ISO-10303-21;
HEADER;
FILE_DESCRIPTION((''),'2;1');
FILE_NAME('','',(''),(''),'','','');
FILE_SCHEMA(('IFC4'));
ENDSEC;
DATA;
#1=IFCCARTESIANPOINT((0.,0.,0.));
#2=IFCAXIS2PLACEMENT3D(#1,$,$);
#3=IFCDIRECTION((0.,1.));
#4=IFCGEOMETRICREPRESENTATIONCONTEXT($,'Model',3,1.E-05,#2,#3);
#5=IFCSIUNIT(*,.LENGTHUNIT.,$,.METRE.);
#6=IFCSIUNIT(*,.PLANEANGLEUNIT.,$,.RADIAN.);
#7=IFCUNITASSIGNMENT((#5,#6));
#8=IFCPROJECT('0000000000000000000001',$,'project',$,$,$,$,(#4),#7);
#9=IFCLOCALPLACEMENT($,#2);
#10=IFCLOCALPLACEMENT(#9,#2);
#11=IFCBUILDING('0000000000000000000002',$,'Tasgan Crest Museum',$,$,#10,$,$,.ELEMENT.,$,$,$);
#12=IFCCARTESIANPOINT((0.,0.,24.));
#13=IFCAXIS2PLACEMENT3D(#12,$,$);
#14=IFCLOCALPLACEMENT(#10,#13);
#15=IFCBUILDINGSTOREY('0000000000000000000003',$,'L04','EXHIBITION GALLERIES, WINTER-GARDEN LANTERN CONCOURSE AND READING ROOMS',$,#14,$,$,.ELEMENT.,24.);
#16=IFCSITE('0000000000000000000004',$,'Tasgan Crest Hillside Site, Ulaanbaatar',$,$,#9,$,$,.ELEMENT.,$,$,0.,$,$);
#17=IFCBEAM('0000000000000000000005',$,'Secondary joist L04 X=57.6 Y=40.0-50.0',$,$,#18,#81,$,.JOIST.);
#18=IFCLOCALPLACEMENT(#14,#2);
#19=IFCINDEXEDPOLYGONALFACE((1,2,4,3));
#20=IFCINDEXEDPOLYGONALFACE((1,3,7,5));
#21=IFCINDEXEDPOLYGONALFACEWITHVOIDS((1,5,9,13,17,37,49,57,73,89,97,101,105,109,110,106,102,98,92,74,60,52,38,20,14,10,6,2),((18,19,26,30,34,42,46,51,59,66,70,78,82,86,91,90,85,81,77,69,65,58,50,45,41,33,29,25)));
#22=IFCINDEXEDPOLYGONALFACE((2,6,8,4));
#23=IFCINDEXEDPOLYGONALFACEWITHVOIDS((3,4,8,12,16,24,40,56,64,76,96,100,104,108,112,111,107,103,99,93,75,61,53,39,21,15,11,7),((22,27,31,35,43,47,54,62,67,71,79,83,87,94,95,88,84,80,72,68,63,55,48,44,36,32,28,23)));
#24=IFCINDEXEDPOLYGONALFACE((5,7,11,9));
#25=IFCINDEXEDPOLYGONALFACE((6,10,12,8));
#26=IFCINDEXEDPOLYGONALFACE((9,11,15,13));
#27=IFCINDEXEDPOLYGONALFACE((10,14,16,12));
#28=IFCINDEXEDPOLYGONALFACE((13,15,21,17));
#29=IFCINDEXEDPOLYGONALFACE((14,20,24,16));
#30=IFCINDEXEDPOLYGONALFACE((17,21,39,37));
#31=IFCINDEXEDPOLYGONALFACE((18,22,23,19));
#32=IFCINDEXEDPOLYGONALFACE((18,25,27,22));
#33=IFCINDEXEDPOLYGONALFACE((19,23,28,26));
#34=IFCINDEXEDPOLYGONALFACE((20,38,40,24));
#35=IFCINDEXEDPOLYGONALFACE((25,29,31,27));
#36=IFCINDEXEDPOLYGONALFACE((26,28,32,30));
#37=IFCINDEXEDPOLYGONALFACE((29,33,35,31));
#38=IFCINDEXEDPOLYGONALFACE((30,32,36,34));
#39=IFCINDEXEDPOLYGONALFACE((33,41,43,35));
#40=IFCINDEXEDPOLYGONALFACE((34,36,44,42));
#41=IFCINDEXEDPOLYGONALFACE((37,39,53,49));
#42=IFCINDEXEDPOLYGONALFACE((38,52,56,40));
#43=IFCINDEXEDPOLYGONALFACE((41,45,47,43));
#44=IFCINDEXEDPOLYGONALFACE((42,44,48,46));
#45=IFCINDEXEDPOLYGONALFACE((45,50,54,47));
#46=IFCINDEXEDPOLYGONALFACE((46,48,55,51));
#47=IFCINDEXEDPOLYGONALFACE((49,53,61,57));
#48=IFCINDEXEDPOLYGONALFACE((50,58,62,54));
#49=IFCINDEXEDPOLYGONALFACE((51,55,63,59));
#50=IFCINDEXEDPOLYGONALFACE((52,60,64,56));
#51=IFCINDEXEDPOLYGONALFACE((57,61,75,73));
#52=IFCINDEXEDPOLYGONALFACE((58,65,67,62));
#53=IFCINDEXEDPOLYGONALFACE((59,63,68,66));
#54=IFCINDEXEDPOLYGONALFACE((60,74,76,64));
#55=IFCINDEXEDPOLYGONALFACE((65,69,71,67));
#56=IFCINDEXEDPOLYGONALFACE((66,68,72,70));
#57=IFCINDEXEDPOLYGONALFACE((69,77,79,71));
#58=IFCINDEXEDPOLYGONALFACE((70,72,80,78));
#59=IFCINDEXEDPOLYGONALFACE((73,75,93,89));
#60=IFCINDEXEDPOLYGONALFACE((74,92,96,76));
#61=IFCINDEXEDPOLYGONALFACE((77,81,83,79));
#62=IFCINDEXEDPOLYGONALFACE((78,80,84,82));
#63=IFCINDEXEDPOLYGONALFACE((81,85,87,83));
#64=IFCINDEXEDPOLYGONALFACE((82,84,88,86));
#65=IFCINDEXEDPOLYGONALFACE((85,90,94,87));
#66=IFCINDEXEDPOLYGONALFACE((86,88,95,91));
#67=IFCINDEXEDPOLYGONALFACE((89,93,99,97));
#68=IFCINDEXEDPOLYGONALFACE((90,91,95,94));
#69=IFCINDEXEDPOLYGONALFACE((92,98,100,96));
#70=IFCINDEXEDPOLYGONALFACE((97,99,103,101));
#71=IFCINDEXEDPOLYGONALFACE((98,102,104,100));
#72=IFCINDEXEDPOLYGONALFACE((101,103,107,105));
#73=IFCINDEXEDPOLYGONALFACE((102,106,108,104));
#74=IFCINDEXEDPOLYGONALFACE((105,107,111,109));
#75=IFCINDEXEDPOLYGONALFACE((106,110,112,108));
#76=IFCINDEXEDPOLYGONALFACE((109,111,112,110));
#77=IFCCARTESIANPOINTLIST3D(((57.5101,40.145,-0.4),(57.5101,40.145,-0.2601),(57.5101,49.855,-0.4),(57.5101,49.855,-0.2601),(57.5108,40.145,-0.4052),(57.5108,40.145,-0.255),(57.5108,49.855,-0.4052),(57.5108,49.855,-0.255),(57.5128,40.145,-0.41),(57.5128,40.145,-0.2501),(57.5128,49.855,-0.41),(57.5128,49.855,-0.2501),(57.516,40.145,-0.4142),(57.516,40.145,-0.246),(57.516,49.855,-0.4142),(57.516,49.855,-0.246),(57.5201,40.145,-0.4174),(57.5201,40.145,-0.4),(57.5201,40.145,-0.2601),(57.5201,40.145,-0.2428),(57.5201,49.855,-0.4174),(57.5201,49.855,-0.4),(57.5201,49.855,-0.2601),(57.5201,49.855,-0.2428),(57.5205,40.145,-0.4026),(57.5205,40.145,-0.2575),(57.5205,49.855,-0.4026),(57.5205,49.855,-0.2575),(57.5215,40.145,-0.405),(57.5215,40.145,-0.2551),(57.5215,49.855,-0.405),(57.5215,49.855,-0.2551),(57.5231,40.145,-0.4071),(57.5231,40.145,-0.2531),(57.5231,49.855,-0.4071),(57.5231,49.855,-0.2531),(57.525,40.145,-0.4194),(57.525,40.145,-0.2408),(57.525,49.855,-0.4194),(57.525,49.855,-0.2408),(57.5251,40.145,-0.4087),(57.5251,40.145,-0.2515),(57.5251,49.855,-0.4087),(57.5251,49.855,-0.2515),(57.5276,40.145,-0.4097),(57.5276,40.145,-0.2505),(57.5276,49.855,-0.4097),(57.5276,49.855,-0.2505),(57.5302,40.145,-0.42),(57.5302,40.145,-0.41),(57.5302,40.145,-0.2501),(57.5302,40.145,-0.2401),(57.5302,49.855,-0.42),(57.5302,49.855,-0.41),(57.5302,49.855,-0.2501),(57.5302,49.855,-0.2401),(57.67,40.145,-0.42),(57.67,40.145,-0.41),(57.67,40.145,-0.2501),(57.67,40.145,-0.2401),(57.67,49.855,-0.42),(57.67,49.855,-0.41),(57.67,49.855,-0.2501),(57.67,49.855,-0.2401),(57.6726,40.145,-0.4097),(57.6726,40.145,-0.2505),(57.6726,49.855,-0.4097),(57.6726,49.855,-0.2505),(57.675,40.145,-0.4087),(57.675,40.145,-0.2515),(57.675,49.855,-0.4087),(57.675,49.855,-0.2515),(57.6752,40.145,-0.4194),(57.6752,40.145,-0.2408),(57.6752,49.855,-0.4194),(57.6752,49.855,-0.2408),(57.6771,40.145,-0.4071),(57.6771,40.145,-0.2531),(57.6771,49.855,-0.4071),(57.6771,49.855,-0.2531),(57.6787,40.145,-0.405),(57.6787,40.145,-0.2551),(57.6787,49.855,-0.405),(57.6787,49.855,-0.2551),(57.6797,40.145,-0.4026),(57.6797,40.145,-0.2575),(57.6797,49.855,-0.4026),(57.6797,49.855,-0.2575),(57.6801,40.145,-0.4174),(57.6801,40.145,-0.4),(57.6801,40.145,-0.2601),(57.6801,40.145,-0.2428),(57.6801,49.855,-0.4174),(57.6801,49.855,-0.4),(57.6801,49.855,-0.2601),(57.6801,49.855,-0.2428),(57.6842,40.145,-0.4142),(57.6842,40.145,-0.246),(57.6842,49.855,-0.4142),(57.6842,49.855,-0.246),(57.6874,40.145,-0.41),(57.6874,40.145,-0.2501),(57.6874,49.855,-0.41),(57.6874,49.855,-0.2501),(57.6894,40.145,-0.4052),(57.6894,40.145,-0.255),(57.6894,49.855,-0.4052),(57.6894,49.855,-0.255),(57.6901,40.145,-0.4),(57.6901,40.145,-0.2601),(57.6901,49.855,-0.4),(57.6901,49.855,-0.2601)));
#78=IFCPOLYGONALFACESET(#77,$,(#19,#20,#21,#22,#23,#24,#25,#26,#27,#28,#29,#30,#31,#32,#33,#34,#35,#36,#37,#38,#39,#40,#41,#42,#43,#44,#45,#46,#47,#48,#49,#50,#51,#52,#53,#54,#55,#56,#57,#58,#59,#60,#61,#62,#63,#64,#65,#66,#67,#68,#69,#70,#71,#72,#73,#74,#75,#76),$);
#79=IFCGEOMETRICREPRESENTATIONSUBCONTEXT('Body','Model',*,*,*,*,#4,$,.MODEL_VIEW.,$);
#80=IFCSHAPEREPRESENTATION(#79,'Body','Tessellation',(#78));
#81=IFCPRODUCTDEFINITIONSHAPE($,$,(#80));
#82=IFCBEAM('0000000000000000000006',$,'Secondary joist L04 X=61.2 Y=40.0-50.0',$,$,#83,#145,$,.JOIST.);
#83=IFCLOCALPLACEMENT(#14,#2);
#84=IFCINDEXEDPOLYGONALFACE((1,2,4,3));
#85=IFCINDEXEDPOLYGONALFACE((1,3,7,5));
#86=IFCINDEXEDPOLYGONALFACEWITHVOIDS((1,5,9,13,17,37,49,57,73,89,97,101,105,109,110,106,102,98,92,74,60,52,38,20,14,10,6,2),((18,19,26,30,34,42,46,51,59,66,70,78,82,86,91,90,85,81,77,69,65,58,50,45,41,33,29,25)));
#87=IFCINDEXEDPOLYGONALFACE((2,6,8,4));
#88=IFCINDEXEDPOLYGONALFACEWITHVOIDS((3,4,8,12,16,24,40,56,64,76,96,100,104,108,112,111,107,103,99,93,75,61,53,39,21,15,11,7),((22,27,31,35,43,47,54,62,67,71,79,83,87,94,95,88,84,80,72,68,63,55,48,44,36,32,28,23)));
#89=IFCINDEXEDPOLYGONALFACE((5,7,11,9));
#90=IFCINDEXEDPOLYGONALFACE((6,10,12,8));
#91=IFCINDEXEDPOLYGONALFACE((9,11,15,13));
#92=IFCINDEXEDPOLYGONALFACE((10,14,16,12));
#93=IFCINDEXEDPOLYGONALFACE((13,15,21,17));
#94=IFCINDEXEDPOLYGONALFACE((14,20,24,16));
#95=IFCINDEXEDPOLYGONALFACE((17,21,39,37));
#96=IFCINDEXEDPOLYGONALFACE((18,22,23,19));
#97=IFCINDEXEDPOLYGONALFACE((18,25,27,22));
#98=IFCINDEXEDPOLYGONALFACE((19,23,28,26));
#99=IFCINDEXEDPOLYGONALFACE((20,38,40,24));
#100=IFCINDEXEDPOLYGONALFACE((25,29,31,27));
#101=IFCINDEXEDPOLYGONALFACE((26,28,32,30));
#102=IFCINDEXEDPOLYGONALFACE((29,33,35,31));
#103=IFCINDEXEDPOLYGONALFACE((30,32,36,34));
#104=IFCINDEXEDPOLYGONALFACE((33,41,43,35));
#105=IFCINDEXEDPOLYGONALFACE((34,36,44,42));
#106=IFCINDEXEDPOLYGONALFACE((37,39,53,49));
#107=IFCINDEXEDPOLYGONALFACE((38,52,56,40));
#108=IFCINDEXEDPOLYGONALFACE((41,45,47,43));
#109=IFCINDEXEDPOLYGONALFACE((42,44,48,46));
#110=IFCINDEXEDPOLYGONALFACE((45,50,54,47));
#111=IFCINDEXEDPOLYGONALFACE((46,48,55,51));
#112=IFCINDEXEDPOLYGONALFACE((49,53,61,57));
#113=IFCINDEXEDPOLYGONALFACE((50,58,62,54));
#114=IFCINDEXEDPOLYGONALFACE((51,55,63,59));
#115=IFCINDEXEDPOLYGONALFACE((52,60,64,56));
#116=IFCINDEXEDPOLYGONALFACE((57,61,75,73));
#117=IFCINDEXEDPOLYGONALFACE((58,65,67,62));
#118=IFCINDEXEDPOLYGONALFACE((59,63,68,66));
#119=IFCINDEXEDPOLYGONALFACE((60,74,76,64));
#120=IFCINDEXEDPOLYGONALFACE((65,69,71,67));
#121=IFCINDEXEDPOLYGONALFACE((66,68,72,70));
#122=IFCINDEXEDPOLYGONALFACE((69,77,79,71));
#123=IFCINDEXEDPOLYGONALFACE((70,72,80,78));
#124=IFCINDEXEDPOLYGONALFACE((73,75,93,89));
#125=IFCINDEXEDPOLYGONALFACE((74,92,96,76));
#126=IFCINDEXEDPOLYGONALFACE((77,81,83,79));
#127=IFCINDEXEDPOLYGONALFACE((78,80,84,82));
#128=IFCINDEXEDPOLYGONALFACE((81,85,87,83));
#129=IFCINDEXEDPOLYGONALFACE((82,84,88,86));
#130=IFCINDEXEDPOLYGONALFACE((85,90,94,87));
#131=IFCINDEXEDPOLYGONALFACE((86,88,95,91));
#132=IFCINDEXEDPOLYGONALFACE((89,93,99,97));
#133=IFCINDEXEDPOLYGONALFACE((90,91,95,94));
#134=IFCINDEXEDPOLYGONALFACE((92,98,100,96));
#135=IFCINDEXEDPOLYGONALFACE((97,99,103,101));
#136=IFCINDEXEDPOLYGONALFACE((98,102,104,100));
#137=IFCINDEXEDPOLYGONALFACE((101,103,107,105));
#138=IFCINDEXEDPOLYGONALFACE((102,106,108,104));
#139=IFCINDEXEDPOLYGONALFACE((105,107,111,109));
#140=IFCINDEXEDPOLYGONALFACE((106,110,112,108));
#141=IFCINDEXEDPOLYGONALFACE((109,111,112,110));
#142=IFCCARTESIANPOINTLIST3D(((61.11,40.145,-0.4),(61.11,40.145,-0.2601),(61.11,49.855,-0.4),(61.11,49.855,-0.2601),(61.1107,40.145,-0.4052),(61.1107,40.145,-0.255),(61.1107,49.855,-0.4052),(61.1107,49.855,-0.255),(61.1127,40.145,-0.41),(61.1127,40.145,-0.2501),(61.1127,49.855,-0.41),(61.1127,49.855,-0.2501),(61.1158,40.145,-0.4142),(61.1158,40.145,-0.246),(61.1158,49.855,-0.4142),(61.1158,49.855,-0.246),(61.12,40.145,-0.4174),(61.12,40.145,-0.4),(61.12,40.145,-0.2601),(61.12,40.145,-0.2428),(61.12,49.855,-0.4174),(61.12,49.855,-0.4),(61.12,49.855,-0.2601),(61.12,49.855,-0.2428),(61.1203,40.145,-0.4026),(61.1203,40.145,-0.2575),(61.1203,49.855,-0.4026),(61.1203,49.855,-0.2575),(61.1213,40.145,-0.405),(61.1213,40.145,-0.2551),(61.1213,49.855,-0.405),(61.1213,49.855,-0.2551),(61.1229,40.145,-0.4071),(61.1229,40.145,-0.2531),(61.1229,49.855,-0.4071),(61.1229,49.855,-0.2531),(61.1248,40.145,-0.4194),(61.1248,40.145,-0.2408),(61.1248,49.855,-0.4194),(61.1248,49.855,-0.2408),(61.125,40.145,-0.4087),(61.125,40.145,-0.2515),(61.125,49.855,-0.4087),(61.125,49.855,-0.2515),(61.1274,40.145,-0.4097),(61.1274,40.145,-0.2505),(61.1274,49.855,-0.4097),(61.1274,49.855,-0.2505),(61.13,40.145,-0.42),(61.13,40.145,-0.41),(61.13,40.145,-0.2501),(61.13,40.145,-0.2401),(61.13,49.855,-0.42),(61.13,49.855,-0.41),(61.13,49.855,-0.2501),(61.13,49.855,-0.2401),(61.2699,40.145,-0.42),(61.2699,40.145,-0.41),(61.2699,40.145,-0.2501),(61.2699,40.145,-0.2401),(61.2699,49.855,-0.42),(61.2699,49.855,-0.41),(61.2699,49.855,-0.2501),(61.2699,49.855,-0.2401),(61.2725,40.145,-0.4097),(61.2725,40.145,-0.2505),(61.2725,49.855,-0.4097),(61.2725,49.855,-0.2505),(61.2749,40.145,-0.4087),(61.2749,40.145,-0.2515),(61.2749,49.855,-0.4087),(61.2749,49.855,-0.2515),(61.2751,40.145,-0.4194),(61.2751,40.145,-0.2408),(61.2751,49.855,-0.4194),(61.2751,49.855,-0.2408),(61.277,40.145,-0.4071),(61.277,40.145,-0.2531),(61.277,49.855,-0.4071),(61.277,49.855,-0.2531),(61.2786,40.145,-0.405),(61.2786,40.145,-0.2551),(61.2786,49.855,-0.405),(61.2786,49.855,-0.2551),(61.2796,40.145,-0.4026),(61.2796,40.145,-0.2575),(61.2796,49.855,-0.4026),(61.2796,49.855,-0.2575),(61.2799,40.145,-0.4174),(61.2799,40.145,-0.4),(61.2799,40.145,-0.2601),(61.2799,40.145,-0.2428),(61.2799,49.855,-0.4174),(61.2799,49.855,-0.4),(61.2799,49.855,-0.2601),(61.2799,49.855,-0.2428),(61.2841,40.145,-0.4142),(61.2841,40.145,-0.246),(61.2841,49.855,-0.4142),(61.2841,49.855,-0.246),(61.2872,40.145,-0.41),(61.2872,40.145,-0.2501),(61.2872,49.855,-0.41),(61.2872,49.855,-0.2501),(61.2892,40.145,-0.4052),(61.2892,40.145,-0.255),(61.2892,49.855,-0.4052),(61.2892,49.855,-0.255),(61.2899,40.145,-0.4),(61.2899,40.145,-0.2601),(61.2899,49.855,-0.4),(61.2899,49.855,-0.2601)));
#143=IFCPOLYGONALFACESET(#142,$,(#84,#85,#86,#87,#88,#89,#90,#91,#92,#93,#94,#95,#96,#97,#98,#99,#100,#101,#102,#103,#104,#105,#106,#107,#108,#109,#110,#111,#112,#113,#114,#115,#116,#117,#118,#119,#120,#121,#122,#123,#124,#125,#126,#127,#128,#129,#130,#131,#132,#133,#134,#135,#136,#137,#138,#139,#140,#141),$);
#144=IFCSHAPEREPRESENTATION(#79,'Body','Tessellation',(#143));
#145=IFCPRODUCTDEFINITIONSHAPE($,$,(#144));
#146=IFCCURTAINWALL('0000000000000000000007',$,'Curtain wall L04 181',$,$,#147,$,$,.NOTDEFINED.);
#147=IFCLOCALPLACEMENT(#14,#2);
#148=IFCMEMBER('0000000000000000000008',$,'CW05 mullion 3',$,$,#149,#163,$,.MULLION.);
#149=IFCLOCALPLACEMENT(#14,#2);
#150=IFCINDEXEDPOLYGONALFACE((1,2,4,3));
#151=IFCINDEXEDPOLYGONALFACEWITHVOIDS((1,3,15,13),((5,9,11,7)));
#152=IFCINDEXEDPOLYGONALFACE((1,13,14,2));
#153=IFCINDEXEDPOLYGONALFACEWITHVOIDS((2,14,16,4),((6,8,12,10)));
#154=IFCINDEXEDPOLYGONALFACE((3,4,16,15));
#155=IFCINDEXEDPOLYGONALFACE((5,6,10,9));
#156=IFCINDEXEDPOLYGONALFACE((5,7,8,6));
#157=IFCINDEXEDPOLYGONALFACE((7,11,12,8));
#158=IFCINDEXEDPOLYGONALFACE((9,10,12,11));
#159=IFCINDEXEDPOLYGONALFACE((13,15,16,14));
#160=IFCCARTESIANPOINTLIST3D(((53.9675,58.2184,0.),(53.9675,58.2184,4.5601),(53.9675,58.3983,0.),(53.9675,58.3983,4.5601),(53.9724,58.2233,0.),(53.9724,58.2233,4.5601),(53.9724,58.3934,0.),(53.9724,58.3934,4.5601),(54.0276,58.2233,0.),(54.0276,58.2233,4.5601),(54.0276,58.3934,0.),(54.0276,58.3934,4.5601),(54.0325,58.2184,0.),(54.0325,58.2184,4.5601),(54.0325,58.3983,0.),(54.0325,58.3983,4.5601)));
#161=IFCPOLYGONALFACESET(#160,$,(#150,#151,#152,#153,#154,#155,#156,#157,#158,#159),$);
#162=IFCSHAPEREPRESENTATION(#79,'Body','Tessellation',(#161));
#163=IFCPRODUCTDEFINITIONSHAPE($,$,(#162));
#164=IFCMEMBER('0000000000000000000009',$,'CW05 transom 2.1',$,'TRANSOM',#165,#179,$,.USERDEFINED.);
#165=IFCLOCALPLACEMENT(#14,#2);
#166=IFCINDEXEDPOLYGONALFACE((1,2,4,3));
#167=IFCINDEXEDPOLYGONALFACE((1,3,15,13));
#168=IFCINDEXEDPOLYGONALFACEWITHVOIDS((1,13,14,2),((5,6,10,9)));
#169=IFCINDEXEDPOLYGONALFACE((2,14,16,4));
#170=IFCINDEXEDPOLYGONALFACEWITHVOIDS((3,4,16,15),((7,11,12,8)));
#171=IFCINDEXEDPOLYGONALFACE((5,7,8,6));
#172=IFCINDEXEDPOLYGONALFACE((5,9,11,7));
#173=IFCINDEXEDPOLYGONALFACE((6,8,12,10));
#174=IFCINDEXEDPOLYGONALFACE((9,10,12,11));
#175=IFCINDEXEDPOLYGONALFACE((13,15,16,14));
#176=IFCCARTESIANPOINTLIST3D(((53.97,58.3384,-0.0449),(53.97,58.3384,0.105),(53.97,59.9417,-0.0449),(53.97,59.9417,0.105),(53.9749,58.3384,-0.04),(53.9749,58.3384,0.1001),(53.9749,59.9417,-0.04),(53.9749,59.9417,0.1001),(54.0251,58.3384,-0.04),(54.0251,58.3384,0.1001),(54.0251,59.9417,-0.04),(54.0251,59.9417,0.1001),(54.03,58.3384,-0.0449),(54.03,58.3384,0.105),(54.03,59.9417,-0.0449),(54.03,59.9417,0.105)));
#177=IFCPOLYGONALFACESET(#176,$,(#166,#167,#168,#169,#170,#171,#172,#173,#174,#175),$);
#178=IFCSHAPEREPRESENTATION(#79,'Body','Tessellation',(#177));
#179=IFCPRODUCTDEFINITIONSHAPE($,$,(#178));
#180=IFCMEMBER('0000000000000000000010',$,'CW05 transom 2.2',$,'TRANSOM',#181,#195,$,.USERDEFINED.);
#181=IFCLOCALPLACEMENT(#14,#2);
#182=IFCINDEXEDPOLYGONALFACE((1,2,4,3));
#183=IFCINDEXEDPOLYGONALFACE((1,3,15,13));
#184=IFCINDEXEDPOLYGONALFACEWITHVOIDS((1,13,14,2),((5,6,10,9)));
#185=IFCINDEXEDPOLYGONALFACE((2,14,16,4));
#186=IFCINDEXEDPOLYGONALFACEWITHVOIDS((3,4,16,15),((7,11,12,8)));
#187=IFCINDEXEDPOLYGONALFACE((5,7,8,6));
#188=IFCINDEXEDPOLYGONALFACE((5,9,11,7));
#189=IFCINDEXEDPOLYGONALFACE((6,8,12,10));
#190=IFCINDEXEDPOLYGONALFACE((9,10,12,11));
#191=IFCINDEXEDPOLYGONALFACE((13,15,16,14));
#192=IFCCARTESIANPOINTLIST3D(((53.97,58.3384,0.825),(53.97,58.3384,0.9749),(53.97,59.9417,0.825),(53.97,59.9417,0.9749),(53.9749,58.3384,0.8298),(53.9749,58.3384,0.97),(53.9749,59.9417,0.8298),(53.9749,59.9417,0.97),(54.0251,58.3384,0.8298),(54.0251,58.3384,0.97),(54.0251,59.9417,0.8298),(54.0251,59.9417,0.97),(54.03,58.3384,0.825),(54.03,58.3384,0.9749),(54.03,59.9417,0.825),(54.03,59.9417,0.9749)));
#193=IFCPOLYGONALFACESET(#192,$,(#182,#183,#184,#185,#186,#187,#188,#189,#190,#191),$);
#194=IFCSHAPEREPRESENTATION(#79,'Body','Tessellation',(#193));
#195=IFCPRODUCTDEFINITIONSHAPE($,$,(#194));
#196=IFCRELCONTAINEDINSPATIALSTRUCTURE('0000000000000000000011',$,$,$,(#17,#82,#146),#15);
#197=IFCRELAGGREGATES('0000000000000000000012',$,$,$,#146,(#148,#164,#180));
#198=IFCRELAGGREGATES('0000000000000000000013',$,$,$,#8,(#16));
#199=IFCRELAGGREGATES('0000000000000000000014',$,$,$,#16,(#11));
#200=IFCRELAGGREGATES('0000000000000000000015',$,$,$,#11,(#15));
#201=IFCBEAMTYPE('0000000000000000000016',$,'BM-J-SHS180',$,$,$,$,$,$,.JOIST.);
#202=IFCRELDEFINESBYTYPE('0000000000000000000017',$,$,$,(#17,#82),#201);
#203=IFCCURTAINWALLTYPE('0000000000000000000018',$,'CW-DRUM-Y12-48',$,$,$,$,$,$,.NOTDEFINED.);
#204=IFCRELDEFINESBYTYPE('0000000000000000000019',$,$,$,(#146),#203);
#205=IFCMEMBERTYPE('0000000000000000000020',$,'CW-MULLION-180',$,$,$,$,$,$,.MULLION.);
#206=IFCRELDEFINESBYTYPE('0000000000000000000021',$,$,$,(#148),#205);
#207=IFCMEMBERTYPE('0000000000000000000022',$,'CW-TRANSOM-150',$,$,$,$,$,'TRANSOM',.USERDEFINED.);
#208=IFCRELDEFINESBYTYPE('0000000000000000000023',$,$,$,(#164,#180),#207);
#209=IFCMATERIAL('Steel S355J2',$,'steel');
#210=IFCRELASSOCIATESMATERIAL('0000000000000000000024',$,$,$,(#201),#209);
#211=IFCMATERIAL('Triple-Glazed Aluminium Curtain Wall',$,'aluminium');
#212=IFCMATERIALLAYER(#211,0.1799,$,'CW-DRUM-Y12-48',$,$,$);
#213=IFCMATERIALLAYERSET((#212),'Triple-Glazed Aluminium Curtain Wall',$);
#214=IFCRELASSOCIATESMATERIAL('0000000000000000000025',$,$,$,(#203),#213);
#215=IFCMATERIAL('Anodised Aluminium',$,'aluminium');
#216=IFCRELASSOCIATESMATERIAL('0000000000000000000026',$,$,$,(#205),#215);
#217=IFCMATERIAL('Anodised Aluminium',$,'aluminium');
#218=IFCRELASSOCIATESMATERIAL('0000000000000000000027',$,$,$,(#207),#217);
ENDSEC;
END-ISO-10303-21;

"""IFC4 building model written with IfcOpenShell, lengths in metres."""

from ifc_helpers import new_model, si_unit, direction, frame, origin, origin_2d, place, context, subcontext, project, spatial, hollow_rectangle, extrude, material, layer, layer_set, material_profile, profile_set, type_object, element, aggregate, save


model = new_model("IFC4")

# Units and contexts
model_context = context("Model", 3, precision=1e-05, world=origin(), true_north=direction((0.0, 1.0)))
body_context = subcontext(model_context, "Body", "Model", "MODEL_VIEW")
ifc_project = project(units=[si_unit("LENGTHUNIT", "METRE"), si_unit("PLANEANGLEUNIT", "RADIAN")], contexts=[model_context])

# Site, building, storey
site_placement = place(None, origin())
site = spatial("IfcSite", under=ifc_project, at=site_placement, Name="Tasgan Crest Hillside Site, Ulaanbaatar", CompositionType="ELEMENT", RefElevation=0.0)
building_placement = place(site_placement, origin())
building = spatial("IfcBuilding", under=site, at=building_placement, Name="Tasgan Crest Museum", CompositionType="ELEMENT")
storey_placement = place(building_placement, frame((0.0, 0.0, 24.0)))
storey = spatial("IfcBuildingStorey", under=building, at=storey_placement, Name="L04", Description="EXHIBITION GALLERIES, WINTER-GARDEN LANTERN CONCOURSE AND READING ROOMS", CompositionType="ELEMENT", Elevation=24.0)

# Beams
ifc_material_1 = material(Name="Steel S355J2", Category="steel")
ifc_material_profile_1 = material_profile(ifc_material_1, hollow_rectangle(XDim=0.1799, YDim=0.1799, WallThickness=0.01, InnerFilletRadius=0.01, OuterFilletRadius=0.02, at=origin_2d()), Name="SHS 180x180x10")
ifc_profile_set_1 = profile_set([ifc_material_profile_1], Name="Steel S355J2")
beam_type_1 = type_object("IfcBeamType", Name="BM-J-SHS180", PredefinedType="JOIST", material=ifc_profile_set_1)
for number, where, z_axis, x_axis, name in (
    (1, (57.6001, 40.145, -0.3301), (0.0, 1.0, 0.0), (-1.0, 0.0, 0.0), "Secondary joist L04 X=57.6 Y=40.0-50.0"),
    (2, (61.2, 40.145, -0.3301), (0.0, 1.0, 0.0), (-1.0, 0.0, 0.0), "Secondary joist L04 X=61.2 Y=40.0-50.0"),
):
    element("IfcBeam", number, at=place(storey_placement, frame(where, z_axis=z_axis, x_axis=x_axis)), inside=storey, type_object=beam_type_1, Name=name, PredefinedType="JOIST", context=body_context, shape_type="SweptSolid", body=[
        extrude(hollow_rectangle(XDim=0.1799, YDim=0.1799, WallThickness=0.01, InnerFilletRadius=0.01, OuterFilletRadius=0.02, at=origin_2d()), origin(), (0.0, 0.0, 1.0), 9.71),
    ])

# Curtain wall, members
ifc_material_2 = material(Name="Triple-Glazed Aluminium Curtain Wall", Category="aluminium")
ifc_layer_1 = layer(ifc_material_2, 0.1799, Name="CW-DRUM-Y12-48")
ifc_layer_set_1 = layer_set([ifc_layer_1], Name="Triple-Glazed Aluminium Curtain Wall")
curtain_wall_type = type_object("IfcCurtainWallType", Name="CW-DRUM-Y12-48", PredefinedType="NOTDEFINED", material=ifc_layer_set_1)
curtain_wall_placement = place(storey_placement, origin())
curtain_wall = element("IfcCurtainWall", 3, at=curtain_wall_placement, inside=storey, type_object=curtain_wall_type, Name="Curtain wall L04 181", PredefinedType="NOTDEFINED")
ifc_material_3 = material(Name="Anodised Aluminium", Category="aluminium")
ifc_material_profile_2 = material_profile(ifc_material_3, hollow_rectangle(XDim=0.0649, YDim=0.1799, WallThickness=0.0049, at=origin_2d()), Name="ALU MULLION 180x65x5")
ifc_profile_set_2 = profile_set([ifc_material_profile_2], Name="Anodised Aluminium")
member_type_1 = type_object("IfcMemberType", Name="CW-MULLION-180", PredefinedType="MULLION", material=ifc_profile_set_2)
member_1_placement = place(storey_placement, frame((54.0, 58.3083, 0.0), z_axis=(0.0, 0.0, 1.0), x_axis=(1.0, 0.0, 0.0)))
member_1 = element("IfcMember", 4, at=member_1_placement, type_object=member_type_1, Name="CW05 mullion 3", PredefinedType="MULLION", context=body_context, shape_type="SweptSolid", body=[
    extrude(hollow_rectangle(XDim=0.0649, YDim=0.1799, WallThickness=0.0049, at=origin_2d()), origin(), (0.0, 0.0, 1.0), 4.5601),
])
ifc_material_4 = material(Name="Anodised Aluminium", Category="aluminium")
ifc_material_profile_3 = material_profile(ifc_material_4, hollow_rectangle(XDim=0.0601, YDim=0.1499, WallThickness=0.0049, at=origin_2d()), Name="ALU TRANSOM 150x60x5")
ifc_profile_set_3 = profile_set([ifc_material_profile_3], Name="Anodised Aluminium")
member_type_2 = type_object("IfcMemberType", Name="CW-TRANSOM-150", ElementType="TRANSOM", PredefinedType="USERDEFINED", material=ifc_profile_set_3)
member_2_placement = place(storey_placement, frame((54.0, 59.9417, 0.03), z_axis=(0.0, -1.0, 0.0), x_axis=(1.0, 0.0, 0.0)))
member_2 = element("IfcMember", 5, at=member_2_placement, type_object=member_type_2, Name="CW05 transom 2.1", ObjectType="TRANSOM", PredefinedType="USERDEFINED", context=body_context, shape_type="SweptSolid", body=[
    extrude(hollow_rectangle(XDim=0.0601, YDim=0.1499, WallThickness=0.0049, at=origin_2d()), origin(), (0.0, 0.0, 1.0), 1.6033),
])
member_3_placement = place(storey_placement, frame((54.0, 59.9417, 0.8999), z_axis=(0.0, -1.0, 0.0), x_axis=(1.0, 0.0, 0.0)))
member_3 = element("IfcMember", 6, at=member_3_placement, type_object=member_type_2, Name="CW05 transom 2.2", ObjectType="TRANSOM", PredefinedType="USERDEFINED", context=body_context, shape_type="SweptSolid", body=[
    extrude(hollow_rectangle(XDim=0.0601, YDim=0.1499, WallThickness=0.0049, at=origin_2d()), origin(), (0.0, 0.0, 1.0), 1.6033),
])

aggregate(curtain_wall, [member_1, member_2, member_3])

save(model, "model.ifc")
